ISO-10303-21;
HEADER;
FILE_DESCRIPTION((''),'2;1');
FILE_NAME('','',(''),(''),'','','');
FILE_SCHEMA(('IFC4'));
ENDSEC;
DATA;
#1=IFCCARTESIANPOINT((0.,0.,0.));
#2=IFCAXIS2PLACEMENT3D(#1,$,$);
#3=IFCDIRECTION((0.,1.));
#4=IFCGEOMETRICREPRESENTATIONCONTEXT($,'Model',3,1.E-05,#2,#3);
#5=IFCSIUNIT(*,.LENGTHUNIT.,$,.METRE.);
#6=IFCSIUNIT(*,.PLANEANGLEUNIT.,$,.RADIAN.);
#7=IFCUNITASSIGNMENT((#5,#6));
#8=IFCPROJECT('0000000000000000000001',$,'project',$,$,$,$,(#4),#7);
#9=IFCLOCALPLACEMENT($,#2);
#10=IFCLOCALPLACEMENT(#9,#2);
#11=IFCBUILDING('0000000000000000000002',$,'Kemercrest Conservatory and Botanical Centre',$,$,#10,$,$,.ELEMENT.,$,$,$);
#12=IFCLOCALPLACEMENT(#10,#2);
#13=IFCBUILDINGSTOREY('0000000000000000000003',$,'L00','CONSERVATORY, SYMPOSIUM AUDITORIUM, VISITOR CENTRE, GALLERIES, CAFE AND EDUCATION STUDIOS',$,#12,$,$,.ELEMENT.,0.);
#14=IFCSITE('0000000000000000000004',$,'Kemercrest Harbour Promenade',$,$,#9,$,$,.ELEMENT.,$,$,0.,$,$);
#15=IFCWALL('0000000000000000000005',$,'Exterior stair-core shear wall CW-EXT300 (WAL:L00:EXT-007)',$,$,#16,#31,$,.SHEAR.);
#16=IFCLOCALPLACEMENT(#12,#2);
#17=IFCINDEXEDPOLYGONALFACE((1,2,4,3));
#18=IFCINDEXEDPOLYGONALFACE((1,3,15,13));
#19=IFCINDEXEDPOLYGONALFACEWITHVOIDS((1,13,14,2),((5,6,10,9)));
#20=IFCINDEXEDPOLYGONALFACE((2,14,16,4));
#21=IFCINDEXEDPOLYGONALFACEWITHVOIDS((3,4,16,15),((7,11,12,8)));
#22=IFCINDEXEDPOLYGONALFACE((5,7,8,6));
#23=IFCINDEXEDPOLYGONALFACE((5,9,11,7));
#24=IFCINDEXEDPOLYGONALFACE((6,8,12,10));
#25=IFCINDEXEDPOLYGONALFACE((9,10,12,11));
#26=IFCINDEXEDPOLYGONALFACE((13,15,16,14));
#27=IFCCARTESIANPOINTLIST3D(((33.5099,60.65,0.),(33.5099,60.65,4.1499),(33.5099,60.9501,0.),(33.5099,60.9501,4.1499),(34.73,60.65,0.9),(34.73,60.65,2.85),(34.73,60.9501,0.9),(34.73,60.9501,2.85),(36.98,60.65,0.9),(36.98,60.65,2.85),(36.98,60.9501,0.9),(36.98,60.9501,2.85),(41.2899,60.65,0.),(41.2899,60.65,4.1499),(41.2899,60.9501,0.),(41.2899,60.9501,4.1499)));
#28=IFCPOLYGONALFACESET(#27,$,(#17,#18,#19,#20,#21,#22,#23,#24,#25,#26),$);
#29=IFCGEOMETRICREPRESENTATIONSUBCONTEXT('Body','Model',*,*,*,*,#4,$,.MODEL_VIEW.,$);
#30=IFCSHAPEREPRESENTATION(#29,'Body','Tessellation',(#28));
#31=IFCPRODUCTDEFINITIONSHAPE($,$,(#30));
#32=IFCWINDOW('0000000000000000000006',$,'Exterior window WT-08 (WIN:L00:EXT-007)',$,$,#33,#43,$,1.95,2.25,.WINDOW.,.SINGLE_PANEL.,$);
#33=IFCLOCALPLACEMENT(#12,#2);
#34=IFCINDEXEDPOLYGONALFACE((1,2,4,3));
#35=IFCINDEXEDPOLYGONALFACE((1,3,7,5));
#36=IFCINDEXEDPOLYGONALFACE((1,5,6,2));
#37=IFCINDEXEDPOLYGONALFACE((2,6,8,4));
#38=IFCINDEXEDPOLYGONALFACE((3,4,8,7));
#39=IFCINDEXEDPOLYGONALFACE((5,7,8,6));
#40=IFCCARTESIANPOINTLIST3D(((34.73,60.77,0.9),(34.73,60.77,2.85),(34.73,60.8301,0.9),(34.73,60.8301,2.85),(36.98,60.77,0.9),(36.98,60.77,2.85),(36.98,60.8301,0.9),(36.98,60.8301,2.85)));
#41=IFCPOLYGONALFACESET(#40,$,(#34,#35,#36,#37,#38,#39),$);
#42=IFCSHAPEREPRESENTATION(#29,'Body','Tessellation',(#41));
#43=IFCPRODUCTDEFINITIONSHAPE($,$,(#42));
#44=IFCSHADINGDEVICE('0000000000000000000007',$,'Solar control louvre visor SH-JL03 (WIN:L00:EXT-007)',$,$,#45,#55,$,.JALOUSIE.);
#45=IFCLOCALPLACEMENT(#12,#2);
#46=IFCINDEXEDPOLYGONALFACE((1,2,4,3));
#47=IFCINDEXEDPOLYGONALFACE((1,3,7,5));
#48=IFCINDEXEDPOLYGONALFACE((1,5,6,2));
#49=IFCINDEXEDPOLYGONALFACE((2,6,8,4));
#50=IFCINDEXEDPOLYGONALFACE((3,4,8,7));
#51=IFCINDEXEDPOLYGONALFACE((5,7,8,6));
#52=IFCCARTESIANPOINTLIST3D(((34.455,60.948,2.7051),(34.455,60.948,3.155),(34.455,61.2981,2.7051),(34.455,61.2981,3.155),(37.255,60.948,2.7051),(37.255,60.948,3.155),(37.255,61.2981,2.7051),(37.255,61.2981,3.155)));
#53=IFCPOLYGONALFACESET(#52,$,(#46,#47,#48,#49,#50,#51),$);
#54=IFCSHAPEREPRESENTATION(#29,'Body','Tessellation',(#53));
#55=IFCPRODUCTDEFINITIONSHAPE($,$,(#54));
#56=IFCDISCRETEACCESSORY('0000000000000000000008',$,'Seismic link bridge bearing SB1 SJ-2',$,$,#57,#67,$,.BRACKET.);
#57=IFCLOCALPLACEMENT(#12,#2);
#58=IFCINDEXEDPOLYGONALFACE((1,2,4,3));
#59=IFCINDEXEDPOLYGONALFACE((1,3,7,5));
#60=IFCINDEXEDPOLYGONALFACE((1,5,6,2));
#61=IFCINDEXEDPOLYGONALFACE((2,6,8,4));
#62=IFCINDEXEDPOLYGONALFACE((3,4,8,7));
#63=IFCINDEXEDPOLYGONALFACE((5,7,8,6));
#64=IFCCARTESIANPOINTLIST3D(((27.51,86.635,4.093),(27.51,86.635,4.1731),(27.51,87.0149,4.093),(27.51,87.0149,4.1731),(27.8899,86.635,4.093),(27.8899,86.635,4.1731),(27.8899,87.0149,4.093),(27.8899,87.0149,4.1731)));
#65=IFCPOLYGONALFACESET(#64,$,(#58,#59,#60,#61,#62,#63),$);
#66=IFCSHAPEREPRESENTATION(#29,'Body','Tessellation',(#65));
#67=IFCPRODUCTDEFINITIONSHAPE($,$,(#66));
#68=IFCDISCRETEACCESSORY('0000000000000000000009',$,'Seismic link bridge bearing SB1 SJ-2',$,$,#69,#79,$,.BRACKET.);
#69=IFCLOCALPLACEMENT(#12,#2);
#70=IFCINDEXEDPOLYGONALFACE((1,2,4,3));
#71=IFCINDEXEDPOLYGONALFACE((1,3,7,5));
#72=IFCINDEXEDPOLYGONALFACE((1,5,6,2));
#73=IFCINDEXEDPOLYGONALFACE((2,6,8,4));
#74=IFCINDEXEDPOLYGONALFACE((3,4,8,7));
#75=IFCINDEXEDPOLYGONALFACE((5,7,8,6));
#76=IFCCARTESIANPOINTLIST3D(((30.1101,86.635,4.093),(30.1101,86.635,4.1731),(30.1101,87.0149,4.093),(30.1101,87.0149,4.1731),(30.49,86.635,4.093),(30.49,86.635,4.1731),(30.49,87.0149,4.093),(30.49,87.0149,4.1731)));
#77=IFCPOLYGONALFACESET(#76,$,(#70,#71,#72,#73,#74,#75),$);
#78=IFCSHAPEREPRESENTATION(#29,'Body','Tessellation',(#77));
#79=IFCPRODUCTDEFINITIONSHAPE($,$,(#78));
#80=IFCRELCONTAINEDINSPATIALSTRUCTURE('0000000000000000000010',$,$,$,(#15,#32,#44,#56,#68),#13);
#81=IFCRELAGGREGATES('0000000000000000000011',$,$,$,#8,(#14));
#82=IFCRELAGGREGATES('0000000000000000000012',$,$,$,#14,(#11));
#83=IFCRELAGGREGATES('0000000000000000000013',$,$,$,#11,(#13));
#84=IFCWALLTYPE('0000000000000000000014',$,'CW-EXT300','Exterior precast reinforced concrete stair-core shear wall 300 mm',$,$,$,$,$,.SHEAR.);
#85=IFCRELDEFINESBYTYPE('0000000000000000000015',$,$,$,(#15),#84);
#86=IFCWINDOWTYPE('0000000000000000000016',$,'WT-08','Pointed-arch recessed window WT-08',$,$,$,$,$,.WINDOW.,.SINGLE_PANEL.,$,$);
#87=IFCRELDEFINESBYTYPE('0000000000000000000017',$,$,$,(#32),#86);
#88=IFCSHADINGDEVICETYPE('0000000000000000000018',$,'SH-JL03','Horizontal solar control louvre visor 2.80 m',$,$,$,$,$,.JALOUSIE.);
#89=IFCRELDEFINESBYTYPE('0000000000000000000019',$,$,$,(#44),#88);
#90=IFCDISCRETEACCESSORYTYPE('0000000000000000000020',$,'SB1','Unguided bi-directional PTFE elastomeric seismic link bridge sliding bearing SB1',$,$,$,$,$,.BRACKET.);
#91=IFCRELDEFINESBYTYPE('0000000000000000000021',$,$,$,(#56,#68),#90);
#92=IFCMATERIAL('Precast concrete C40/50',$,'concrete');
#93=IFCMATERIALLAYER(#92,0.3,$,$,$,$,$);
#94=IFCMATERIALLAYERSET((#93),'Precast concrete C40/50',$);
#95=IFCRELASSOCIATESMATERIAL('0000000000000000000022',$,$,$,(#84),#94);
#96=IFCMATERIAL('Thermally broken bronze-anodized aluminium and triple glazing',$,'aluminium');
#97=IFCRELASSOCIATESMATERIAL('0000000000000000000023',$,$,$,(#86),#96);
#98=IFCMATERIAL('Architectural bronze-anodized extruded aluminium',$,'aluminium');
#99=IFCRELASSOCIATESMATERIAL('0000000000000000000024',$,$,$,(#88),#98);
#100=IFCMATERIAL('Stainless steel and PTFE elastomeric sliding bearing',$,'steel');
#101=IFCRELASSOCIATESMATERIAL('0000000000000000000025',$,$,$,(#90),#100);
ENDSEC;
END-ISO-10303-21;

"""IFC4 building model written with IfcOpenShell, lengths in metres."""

from ifc_helpers import new_model, si_unit, direction, frame, frame_2d, origin, origin_2d, place, context, subcontext, project, spatial, rectangle, extrude, material, layer, layer_set, type_object, element, fill, save


model = new_model("IFC4")

# Units and contexts
model_context = context("Model", 3, precision=1e-05, world=origin(), true_north=direction((0.0, 1.0)))
body_context = subcontext(model_context, "Body", "Model", "MODEL_VIEW")
ifc_project = project(units=[si_unit("LENGTHUNIT", "METRE"), si_unit("PLANEANGLEUNIT", "RADIAN")], contexts=[model_context])

# Site, building, storey
site_placement = place(None, origin())
site = spatial("IfcSite", under=ifc_project, at=site_placement, Name="Kemercrest Harbour Promenade", CompositionType="ELEMENT", RefElevation=0.0)
building_placement = place(site_placement, origin())
building = spatial("IfcBuilding", under=site, at=building_placement, Name="Kemercrest Conservatory and Botanical Centre", CompositionType="ELEMENT")
storey_placement = place(building_placement, origin())
storey = spatial("IfcBuildingStorey", under=building, at=storey_placement, Name="L00", Description="CONSERVATORY, SYMPOSIUM AUDITORIUM, VISITOR CENTRE, GALLERIES, CAFE AND EDUCATION STUDIOS", CompositionType="ELEMENT", Elevation=0.0)

# Shared definitions
ifc_material_1 = material(Name="Precast concrete C40/50", Category="concrete")

# Wall, opening, window
ifc_layer = layer(ifc_material_1, 0.3)
ifc_layer_set = layer_set([ifc_layer], Name="Precast concrete C40/50")
wall_type = type_object("IfcWallType", Name="CW-EXT300", Description="Exterior precast reinforced concrete stair-core shear wall 300 mm", PredefinedType="SHEAR", material=ifc_layer_set)
wall_placement = place(storey_placement, frame((41.29, 60.8, 0.0), z_axis=(0.0, 0.0, 1.0), x_axis=(-1.0, 0.0, 0.0)))
wall = element("IfcWall", 1, at=wall_placement, inside=storey, type_object=wall_type, Name="Exterior stair-core shear wall CW-EXT300 (WAL:L00:EXT-007)", PredefinedType="SHEAR", context=body_context, shape_type="SweptSolid", body=[
    extrude(rectangle(XDim=7.78, YDim=0.3, at=frame_2d((3.8901, 0.0))), origin(), (0.0, 0.0, 1.0), 4.1499),
])
opening_placement = place(wall_placement, frame((4.3101, 0.0, 0.8999)))
opening = element("IfcOpeningElement", 2, at=opening_placement, cuts=wall, PredefinedType="OPENING", context=body_context, shape_type="SweptSolid", body=[
    extrude(rectangle(XDim=2.25, YDim=1.95, at=frame_2d((1.125, 0.9751))), frame((0.0, 0.1602, 0.0), z_axis=(0.0, -1.0, 0.0), x_axis=(1.0, 0.0, 0.0)), (0.0, 0.0, 1.0), 0.3201),
])
ifc_material_2 = material(Name="Thermally broken bronze-anodized aluminium and triple glazing", Category="aluminium")
window_type = type_object("IfcWindowType", Name="WT-08", Description="Pointed-arch recessed window WT-08", PartitioningType="SINGLE_PANEL", PredefinedType="WINDOW", material=ifc_material_2)
window_placement = place(opening_placement, origin())
window = element("IfcWindow", 3, at=window_placement, inside=storey, type_object=window_type, Name="Exterior window WT-08 (WIN:L00:EXT-007)", OverallHeight=1.95, OverallWidth=2.25, PartitioningType="SINGLE_PANEL", PredefinedType="WINDOW", context=body_context, shape_type="SweptSolid", body=[
    extrude(rectangle(XDim=2.25, YDim=1.95, at=frame_2d((1.125, 0.9751))), frame((0.0, 0.03, 0.0), z_axis=(0.0, -1.0, 0.0), x_axis=(1.0, 0.0, 0.0)), (0.0, 0.0, 1.0), 0.0601),
])
fill(opening, window)

# Shading device
ifc_material_3 = material(Name="Architectural bronze-anodized extruded aluminium", Category="aluminium")
shading_device_type = type_object("IfcShadingDeviceType", Name="SH-JL03", Description="Horizontal solar control louvre visor 2.80 m", PredefinedType="JALOUSIE", material=ifc_material_3)
shading_device_placement = place(storey_placement, frame((35.855, 61.123, 2.7051), z_axis=(0.0, 0.0, 1.0), x_axis=(-1.0, 0.0, 0.0)))
element("IfcShadingDevice", 4, at=shading_device_placement, inside=storey, type_object=shading_device_type, Name="Solar control louvre visor SH-JL03 (WIN:L00:EXT-007)", PredefinedType="JALOUSIE", context=body_context, shape_type="SweptSolid", body=[
    extrude(rectangle(XDim=2.8, YDim=0.3501, at=origin_2d()), origin(), (0.0, 0.0, 1.0), 0.45),
])

# Discrete accessories
ifc_material_4 = material(Name="Stainless steel and PTFE elastomeric sliding bearing", Category="steel")
discrete_accessory_type = type_object("IfcDiscreteAccessoryType", Name="SB1", Description="Unguided bi-directional PTFE elastomeric seismic link bridge sliding bearing SB1", PredefinedType="BRACKET", material=ifc_material_4)
for number, where, z_axis, x_axis, name in (
    (5, (27.7, 86.825, 4.093), (0.0, 0.0, 1.0), (1.0, 0.0, 0.0), "Seismic link bridge bearing SB1 SJ-2"),
    (6, (30.3, 86.825, 4.093), (0.0, 0.0, 1.0), (1.0, 0.0, 0.0), "Seismic link bridge bearing SB1 SJ-2"),
):
    element("IfcDiscreteAccessory", number, at=place(storey_placement, frame(where, z_axis=z_axis, x_axis=x_axis)), inside=storey, type_object=discrete_accessory_type, Name=name, PredefinedType="BRACKET", context=body_context, shape_type="SweptSolid", body=[
        extrude(rectangle(XDim=0.3799, YDim=0.3799, at=origin_2d()), origin(), (0.0, 0.0, 1.0), 0.0801),
    ])

save(model, "model.ifc")
